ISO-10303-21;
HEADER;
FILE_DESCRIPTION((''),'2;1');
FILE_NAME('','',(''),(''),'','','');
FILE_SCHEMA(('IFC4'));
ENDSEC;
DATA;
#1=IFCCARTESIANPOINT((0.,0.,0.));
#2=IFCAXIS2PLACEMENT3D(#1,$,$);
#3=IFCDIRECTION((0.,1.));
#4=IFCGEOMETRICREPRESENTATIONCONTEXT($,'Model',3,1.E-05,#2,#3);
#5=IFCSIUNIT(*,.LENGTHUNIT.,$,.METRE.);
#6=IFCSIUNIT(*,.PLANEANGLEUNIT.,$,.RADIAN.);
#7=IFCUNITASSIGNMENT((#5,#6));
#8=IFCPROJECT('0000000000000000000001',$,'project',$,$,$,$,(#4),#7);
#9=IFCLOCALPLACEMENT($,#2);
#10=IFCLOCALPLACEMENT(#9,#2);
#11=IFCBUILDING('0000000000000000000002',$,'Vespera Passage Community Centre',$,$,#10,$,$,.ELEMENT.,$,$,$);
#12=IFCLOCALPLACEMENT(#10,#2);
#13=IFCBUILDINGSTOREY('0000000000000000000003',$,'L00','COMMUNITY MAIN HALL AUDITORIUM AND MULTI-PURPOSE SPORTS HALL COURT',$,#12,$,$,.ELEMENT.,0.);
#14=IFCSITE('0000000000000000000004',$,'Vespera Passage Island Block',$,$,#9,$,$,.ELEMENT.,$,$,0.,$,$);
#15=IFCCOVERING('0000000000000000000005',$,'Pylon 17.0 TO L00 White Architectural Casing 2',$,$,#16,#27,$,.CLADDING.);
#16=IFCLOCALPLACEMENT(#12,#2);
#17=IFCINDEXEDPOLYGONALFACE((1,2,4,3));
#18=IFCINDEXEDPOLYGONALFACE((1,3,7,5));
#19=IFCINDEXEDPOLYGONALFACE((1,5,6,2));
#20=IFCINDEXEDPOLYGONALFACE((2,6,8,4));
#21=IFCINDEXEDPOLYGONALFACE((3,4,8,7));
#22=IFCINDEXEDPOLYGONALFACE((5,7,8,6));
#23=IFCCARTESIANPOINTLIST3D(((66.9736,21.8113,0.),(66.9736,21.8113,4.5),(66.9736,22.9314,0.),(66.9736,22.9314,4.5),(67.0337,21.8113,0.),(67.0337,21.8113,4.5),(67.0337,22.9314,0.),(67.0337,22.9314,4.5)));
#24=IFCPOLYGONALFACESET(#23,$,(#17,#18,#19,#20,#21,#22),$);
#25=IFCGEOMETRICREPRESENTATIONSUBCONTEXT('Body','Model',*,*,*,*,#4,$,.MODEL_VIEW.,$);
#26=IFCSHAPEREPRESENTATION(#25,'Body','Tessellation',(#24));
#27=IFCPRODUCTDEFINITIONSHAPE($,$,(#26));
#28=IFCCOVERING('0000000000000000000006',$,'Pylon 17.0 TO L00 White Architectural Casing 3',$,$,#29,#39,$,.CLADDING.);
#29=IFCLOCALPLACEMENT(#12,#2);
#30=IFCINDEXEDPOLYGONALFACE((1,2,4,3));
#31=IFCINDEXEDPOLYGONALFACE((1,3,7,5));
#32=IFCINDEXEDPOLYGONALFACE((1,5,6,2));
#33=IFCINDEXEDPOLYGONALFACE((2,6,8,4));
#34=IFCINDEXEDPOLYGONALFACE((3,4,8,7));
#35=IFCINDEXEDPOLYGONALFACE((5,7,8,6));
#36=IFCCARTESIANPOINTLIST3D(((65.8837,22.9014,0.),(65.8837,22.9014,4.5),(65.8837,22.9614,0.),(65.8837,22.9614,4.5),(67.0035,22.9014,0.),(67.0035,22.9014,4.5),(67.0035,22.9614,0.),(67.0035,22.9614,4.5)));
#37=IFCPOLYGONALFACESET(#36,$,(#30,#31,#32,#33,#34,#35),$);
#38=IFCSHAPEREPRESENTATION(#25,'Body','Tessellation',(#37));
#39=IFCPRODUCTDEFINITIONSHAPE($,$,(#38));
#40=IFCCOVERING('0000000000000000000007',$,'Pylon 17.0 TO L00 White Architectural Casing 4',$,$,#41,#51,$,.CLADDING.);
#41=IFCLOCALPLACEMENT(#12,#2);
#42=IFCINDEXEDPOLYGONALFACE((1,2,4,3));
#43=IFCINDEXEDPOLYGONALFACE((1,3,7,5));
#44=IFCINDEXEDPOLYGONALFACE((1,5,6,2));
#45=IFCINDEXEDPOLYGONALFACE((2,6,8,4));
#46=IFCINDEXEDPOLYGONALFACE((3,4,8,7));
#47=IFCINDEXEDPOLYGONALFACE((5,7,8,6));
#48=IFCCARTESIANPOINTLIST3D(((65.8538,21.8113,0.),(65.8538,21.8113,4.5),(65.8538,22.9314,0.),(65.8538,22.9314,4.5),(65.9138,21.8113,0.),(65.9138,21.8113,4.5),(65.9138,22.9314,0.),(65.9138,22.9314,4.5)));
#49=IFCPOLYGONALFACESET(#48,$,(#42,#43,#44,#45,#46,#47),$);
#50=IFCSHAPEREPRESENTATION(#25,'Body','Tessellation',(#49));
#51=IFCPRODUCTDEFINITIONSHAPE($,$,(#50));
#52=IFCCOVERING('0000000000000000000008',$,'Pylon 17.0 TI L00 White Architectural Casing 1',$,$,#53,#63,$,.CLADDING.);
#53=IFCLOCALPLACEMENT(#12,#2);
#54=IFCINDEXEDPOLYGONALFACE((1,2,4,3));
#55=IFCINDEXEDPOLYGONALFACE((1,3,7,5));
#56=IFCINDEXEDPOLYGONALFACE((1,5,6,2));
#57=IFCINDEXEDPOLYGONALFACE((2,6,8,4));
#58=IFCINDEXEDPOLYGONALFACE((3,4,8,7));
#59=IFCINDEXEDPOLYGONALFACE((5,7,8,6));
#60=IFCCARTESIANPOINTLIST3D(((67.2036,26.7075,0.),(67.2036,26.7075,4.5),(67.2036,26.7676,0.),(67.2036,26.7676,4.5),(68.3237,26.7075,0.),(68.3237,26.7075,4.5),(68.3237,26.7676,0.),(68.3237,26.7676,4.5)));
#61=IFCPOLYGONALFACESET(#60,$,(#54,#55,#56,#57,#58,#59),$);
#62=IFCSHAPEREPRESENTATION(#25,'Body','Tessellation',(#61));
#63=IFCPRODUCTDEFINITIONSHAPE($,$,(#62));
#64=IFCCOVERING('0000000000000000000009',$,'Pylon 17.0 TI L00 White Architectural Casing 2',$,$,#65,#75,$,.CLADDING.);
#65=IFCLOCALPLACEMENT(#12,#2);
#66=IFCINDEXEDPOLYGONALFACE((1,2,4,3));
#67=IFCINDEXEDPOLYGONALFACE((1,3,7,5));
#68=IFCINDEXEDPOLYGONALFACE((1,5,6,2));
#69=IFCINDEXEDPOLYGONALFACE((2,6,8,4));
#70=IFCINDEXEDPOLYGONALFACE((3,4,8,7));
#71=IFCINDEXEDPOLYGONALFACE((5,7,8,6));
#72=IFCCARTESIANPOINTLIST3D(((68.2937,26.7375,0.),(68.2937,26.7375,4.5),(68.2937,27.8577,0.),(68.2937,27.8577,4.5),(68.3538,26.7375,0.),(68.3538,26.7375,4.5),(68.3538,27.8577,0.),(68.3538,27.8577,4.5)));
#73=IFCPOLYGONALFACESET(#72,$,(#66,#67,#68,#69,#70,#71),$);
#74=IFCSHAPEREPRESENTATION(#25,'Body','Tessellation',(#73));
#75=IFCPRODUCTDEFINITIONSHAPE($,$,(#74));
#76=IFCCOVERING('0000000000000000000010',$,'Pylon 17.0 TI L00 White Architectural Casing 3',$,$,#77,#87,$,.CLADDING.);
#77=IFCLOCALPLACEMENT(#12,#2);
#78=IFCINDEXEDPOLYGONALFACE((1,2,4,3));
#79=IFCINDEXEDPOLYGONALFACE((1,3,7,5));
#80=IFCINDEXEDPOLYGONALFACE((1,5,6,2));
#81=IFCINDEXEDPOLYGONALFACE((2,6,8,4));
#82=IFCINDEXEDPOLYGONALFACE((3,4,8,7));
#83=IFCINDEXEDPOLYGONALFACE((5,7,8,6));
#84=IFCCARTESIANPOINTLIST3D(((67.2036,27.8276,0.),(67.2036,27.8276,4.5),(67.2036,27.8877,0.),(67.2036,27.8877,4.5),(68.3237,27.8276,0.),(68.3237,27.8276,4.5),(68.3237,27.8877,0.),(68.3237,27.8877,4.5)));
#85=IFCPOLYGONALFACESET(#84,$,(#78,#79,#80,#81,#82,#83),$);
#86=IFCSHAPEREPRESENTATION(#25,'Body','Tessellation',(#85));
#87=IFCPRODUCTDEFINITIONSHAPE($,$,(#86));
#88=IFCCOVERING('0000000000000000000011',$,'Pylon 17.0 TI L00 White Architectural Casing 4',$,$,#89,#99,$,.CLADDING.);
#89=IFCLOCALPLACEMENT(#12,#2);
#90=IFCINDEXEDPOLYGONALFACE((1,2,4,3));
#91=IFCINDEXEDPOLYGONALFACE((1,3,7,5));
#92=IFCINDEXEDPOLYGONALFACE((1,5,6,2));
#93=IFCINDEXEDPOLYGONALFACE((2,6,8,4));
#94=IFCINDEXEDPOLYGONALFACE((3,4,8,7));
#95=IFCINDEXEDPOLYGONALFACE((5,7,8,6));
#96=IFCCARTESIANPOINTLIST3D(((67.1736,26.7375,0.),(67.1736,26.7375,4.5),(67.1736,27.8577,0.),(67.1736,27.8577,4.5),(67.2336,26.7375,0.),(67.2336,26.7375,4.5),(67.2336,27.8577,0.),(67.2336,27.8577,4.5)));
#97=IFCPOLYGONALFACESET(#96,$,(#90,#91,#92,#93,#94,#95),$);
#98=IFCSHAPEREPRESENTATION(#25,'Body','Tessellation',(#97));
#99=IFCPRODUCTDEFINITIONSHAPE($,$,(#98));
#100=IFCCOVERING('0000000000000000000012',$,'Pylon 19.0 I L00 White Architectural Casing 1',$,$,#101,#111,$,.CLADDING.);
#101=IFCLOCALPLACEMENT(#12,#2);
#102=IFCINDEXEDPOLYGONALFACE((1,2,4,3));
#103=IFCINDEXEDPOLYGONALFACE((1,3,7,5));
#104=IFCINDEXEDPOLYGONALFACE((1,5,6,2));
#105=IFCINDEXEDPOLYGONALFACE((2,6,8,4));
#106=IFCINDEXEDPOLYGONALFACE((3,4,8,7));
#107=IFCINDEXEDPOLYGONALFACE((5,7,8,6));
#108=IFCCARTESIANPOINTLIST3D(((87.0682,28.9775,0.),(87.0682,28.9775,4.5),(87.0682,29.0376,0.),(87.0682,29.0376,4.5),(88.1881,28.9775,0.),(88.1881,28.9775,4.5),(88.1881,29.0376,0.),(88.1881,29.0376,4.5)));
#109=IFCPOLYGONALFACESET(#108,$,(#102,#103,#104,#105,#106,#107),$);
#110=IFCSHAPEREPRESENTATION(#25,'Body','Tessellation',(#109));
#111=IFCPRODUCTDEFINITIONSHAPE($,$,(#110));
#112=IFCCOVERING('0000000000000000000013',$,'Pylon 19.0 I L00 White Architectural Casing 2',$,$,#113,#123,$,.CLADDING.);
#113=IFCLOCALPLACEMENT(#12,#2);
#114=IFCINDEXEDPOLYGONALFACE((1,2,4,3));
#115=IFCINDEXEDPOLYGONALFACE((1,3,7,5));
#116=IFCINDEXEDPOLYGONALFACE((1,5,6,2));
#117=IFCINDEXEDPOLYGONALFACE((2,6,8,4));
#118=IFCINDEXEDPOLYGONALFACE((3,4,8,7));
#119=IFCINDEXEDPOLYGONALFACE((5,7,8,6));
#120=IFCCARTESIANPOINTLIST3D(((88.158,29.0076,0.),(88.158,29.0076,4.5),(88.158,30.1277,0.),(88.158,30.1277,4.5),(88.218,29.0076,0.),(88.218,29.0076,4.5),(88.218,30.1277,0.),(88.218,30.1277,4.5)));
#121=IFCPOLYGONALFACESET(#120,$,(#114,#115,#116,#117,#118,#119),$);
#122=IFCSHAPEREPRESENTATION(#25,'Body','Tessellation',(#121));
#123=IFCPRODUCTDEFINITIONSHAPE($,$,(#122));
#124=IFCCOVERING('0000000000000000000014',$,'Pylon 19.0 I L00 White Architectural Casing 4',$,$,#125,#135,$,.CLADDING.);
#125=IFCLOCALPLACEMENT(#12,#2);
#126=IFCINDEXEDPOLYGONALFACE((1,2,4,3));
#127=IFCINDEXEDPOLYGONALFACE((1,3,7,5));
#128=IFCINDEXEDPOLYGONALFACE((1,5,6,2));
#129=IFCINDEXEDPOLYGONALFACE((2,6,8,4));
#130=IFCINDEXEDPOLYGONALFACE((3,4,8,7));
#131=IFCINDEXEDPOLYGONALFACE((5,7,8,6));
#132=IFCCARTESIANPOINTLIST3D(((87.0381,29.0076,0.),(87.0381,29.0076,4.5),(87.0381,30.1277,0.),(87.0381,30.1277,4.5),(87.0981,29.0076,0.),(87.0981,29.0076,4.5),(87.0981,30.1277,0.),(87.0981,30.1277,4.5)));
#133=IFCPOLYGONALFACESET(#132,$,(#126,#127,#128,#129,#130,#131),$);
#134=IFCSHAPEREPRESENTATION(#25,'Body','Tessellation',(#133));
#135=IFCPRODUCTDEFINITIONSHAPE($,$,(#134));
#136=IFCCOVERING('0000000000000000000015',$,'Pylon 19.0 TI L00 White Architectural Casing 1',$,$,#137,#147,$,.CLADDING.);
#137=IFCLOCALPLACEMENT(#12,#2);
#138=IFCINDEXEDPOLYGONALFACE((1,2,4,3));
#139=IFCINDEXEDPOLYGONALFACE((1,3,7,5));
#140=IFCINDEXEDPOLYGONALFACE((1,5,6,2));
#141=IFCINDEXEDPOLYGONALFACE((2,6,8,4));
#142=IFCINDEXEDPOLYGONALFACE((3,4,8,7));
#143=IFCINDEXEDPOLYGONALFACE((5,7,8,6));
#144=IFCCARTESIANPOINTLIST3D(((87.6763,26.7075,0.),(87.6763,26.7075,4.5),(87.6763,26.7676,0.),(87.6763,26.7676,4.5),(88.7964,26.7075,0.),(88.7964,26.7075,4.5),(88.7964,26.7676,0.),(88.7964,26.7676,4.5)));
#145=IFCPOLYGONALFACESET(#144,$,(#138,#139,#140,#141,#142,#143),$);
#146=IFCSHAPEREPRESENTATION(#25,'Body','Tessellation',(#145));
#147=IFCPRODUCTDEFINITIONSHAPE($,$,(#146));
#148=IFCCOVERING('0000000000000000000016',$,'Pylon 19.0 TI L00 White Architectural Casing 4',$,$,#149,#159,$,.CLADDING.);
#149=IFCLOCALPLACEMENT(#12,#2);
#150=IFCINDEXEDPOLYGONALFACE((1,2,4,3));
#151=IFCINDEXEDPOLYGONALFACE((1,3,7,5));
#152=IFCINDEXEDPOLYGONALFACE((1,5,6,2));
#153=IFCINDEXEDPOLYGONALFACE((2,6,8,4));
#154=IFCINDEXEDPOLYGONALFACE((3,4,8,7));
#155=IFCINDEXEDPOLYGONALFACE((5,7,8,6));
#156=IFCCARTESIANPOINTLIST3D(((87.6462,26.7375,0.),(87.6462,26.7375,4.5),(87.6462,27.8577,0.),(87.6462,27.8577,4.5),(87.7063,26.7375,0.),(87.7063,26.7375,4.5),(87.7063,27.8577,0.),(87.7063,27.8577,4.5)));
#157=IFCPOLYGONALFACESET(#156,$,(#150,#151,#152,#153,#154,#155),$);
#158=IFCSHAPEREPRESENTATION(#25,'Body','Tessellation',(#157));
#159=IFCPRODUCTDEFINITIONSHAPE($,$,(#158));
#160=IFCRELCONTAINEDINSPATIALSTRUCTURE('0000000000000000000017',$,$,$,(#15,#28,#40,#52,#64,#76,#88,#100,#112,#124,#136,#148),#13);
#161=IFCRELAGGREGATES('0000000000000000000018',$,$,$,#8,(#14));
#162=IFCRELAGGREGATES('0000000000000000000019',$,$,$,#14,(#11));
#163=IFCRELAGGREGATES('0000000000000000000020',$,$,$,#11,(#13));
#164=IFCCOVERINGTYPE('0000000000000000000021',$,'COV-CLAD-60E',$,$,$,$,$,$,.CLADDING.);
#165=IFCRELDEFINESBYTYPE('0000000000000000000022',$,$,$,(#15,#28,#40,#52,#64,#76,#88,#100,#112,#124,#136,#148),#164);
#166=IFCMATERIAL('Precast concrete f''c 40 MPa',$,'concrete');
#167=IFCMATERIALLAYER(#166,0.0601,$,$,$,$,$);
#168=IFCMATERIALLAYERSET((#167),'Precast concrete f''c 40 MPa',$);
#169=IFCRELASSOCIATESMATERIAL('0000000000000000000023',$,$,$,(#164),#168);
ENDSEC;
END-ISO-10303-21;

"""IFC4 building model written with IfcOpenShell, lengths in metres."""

from ifc_helpers import new_model, si_unit, direction, frame, frame_2d, origin, place, context, subcontext, project, spatial, rectangle, extrude, material, layer, layer_set, type_object, element, save


model = new_model("IFC4")

# Units and contexts
model_context = context("Model", 3, precision=1e-05, world=origin(), true_north=direction((0.0, 1.0)))
body_context = subcontext(model_context, "Body", "Model", "MODEL_VIEW")
ifc_project = project(units=[si_unit("LENGTHUNIT", "METRE"), si_unit("PLANEANGLEUNIT", "RADIAN")], contexts=[model_context])

# Site, building, storey
site_placement = place(None, origin())
site = spatial("IfcSite", under=ifc_project, at=site_placement, Name="Vespera Passage Island Block", CompositionType="ELEMENT", RefElevation=0.0)
building_placement = place(site_placement, origin())
building = spatial("IfcBuilding", under=site, at=building_placement, Name="Vespera Passage Community Centre", CompositionType="ELEMENT")
storey_placement = place(building_placement, origin())
storey = spatial("IfcBuildingStorey", under=building, at=storey_placement, Name="L00", Description="COMMUNITY MAIN HALL AUDITORIUM AND MULTI-PURPOSE SPORTS HALL COURT", CompositionType="ELEMENT", Elevation=0.0)

# Coverings
ifc_material_1 = material(Name="Precast concrete f'c 40 MPa", Category="concrete")
ifc_layer_1 = layer(ifc_material_1, 0.0601)
ifc_layer_set_1 = layer_set([ifc_layer_1], Name="Precast concrete f'c 40 MPa")
covering_type = type_object("IfcCoveringType", Name="COV-CLAD-60E", PredefinedType="CLADDING", material=ifc_layer_set_1)
covering_1_placement = place(storey_placement, frame((67.0037, 21.8113, 0.0), z_axis=(0.0, 0.0, 1.0), x_axis=(0.0, 1.0, 0.0)))
element("IfcCovering", 1, at=covering_1_placement, inside=storey, type_object=covering_type, Name="Pylon 17.0 TO L00 White Architectural Casing 2", PredefinedType="CLADDING", context=body_context, shape_type="SweptSolid", body=[
    extrude(rectangle(XDim=1.1201, YDim=0.0601, at=frame_2d((0.5601, 0.0))), origin(), (0.0, 0.0, 1.0), 4.5),
])
covering_2_placement = place(storey_placement, frame((67.0037, 22.9314, 0.0), z_axis=(0.0, 0.0, 1.0), x_axis=(-1.0, 0.0, 0.0)))
element("IfcCovering", 2, at=covering_2_placement, inside=storey, type_object=covering_type, Name="Pylon 17.0 TO L00 White Architectural Casing 3", PredefinedType="CLADDING", context=body_context, shape_type="SweptSolid", body=[
    extrude(rectangle(XDim=1.1199, YDim=0.0601, at=frame_2d((0.5601, 0.0))), origin(), (0.0, 0.0, 1.0), 4.5),
])
for number, where, z_axis, x_axis, name in (
    (3, (65.8838, 22.9314, 0.0), (0.0, 0.0, 1.0), (0.0, -1.0, 0.0), "Pylon 17.0 TO L00 White Architectural Casing 4"),
    (4, (67.2036, 26.7375, 0.0), (0.0, 0.0, 1.0), (1.0, 0.0, 0.0), "Pylon 17.0 TI L00 White Architectural Casing 1"),
    (5, (68.3237, 26.7375, 0.0), (0.0, 0.0, 1.0), (0.0, 1.0, 0.0), "Pylon 17.0 TI L00 White Architectural Casing 2"),
    (6, (68.3237, 27.8577, 0.0), (0.0, 0.0, 1.0), (-1.0, 0.0, 0.0), "Pylon 17.0 TI L00 White Architectural Casing 3"),
    (7, (67.2036, 27.8577, 0.0), (0.0, 0.0, 1.0), (0.0, -1.0, 0.0), "Pylon 17.0 TI L00 White Architectural Casing 4"),
):
    element("IfcCovering", number, at=place(storey_placement, frame(where, z_axis=z_axis, x_axis=x_axis)), inside=storey, type_object=covering_type, Name=name, PredefinedType="CLADDING", context=body_context, shape_type="SweptSolid", body=[
        extrude(rectangle(XDim=1.1201, YDim=0.0601, at=frame_2d((0.5601, 0.0))), origin(), (0.0, 0.0, 1.0), 4.5),
    ])
covering_3_placement = place(storey_placement, frame((87.0681, 29.0076, 0.0), z_axis=(0.0, 0.0, 1.0), x_axis=(1.0, 0.0, 0.0)))
element("IfcCovering", 8, at=covering_3_placement, inside=storey, type_object=covering_type, Name="Pylon 19.0 I L00 White Architectural Casing 1", PredefinedType="CLADDING", context=body_context, shape_type="SweptSolid", body=[
    extrude(rectangle(XDim=1.1199, YDim=0.0601, at=frame_2d((0.5601, 0.0))), origin(), (0.0, 0.0, 1.0), 4.5),
])
for number, where, z_axis, x_axis, name in (
    (9, (88.188, 29.0076, 0.0), (0.0, 0.0, 1.0), (0.0, 1.0, 0.0), "Pylon 19.0 I L00 White Architectural Casing 2"),
    (10, (87.0681, 30.1277, 0.0), (0.0, 0.0, 1.0), (0.0, -1.0, 0.0), "Pylon 19.0 I L00 White Architectural Casing 4"),
    (11, (87.6763, 26.7375, 0.0), (0.0, 0.0, 1.0), (1.0, 0.0, 0.0), "Pylon 19.0 TI L00 White Architectural Casing 1"),
    (12, (87.6763, 27.8577, 0.0), (0.0, 0.0, 1.0), (0.0, -1.0, 0.0), "Pylon 19.0 TI L00 White Architectural Casing 4"),
):
    element("IfcCovering", number, at=place(storey_placement, frame(where, z_axis=z_axis, x_axis=x_axis)), inside=storey, type_object=covering_type, Name=name, PredefinedType="CLADDING", context=body_context, shape_type="SweptSolid", body=[
        extrude(rectangle(XDim=1.1201, YDim=0.0601, at=frame_2d((0.5601, 0.0))), origin(), (0.0, 0.0, 1.0), 4.5),
    ])

save(model, "model.ifc")
